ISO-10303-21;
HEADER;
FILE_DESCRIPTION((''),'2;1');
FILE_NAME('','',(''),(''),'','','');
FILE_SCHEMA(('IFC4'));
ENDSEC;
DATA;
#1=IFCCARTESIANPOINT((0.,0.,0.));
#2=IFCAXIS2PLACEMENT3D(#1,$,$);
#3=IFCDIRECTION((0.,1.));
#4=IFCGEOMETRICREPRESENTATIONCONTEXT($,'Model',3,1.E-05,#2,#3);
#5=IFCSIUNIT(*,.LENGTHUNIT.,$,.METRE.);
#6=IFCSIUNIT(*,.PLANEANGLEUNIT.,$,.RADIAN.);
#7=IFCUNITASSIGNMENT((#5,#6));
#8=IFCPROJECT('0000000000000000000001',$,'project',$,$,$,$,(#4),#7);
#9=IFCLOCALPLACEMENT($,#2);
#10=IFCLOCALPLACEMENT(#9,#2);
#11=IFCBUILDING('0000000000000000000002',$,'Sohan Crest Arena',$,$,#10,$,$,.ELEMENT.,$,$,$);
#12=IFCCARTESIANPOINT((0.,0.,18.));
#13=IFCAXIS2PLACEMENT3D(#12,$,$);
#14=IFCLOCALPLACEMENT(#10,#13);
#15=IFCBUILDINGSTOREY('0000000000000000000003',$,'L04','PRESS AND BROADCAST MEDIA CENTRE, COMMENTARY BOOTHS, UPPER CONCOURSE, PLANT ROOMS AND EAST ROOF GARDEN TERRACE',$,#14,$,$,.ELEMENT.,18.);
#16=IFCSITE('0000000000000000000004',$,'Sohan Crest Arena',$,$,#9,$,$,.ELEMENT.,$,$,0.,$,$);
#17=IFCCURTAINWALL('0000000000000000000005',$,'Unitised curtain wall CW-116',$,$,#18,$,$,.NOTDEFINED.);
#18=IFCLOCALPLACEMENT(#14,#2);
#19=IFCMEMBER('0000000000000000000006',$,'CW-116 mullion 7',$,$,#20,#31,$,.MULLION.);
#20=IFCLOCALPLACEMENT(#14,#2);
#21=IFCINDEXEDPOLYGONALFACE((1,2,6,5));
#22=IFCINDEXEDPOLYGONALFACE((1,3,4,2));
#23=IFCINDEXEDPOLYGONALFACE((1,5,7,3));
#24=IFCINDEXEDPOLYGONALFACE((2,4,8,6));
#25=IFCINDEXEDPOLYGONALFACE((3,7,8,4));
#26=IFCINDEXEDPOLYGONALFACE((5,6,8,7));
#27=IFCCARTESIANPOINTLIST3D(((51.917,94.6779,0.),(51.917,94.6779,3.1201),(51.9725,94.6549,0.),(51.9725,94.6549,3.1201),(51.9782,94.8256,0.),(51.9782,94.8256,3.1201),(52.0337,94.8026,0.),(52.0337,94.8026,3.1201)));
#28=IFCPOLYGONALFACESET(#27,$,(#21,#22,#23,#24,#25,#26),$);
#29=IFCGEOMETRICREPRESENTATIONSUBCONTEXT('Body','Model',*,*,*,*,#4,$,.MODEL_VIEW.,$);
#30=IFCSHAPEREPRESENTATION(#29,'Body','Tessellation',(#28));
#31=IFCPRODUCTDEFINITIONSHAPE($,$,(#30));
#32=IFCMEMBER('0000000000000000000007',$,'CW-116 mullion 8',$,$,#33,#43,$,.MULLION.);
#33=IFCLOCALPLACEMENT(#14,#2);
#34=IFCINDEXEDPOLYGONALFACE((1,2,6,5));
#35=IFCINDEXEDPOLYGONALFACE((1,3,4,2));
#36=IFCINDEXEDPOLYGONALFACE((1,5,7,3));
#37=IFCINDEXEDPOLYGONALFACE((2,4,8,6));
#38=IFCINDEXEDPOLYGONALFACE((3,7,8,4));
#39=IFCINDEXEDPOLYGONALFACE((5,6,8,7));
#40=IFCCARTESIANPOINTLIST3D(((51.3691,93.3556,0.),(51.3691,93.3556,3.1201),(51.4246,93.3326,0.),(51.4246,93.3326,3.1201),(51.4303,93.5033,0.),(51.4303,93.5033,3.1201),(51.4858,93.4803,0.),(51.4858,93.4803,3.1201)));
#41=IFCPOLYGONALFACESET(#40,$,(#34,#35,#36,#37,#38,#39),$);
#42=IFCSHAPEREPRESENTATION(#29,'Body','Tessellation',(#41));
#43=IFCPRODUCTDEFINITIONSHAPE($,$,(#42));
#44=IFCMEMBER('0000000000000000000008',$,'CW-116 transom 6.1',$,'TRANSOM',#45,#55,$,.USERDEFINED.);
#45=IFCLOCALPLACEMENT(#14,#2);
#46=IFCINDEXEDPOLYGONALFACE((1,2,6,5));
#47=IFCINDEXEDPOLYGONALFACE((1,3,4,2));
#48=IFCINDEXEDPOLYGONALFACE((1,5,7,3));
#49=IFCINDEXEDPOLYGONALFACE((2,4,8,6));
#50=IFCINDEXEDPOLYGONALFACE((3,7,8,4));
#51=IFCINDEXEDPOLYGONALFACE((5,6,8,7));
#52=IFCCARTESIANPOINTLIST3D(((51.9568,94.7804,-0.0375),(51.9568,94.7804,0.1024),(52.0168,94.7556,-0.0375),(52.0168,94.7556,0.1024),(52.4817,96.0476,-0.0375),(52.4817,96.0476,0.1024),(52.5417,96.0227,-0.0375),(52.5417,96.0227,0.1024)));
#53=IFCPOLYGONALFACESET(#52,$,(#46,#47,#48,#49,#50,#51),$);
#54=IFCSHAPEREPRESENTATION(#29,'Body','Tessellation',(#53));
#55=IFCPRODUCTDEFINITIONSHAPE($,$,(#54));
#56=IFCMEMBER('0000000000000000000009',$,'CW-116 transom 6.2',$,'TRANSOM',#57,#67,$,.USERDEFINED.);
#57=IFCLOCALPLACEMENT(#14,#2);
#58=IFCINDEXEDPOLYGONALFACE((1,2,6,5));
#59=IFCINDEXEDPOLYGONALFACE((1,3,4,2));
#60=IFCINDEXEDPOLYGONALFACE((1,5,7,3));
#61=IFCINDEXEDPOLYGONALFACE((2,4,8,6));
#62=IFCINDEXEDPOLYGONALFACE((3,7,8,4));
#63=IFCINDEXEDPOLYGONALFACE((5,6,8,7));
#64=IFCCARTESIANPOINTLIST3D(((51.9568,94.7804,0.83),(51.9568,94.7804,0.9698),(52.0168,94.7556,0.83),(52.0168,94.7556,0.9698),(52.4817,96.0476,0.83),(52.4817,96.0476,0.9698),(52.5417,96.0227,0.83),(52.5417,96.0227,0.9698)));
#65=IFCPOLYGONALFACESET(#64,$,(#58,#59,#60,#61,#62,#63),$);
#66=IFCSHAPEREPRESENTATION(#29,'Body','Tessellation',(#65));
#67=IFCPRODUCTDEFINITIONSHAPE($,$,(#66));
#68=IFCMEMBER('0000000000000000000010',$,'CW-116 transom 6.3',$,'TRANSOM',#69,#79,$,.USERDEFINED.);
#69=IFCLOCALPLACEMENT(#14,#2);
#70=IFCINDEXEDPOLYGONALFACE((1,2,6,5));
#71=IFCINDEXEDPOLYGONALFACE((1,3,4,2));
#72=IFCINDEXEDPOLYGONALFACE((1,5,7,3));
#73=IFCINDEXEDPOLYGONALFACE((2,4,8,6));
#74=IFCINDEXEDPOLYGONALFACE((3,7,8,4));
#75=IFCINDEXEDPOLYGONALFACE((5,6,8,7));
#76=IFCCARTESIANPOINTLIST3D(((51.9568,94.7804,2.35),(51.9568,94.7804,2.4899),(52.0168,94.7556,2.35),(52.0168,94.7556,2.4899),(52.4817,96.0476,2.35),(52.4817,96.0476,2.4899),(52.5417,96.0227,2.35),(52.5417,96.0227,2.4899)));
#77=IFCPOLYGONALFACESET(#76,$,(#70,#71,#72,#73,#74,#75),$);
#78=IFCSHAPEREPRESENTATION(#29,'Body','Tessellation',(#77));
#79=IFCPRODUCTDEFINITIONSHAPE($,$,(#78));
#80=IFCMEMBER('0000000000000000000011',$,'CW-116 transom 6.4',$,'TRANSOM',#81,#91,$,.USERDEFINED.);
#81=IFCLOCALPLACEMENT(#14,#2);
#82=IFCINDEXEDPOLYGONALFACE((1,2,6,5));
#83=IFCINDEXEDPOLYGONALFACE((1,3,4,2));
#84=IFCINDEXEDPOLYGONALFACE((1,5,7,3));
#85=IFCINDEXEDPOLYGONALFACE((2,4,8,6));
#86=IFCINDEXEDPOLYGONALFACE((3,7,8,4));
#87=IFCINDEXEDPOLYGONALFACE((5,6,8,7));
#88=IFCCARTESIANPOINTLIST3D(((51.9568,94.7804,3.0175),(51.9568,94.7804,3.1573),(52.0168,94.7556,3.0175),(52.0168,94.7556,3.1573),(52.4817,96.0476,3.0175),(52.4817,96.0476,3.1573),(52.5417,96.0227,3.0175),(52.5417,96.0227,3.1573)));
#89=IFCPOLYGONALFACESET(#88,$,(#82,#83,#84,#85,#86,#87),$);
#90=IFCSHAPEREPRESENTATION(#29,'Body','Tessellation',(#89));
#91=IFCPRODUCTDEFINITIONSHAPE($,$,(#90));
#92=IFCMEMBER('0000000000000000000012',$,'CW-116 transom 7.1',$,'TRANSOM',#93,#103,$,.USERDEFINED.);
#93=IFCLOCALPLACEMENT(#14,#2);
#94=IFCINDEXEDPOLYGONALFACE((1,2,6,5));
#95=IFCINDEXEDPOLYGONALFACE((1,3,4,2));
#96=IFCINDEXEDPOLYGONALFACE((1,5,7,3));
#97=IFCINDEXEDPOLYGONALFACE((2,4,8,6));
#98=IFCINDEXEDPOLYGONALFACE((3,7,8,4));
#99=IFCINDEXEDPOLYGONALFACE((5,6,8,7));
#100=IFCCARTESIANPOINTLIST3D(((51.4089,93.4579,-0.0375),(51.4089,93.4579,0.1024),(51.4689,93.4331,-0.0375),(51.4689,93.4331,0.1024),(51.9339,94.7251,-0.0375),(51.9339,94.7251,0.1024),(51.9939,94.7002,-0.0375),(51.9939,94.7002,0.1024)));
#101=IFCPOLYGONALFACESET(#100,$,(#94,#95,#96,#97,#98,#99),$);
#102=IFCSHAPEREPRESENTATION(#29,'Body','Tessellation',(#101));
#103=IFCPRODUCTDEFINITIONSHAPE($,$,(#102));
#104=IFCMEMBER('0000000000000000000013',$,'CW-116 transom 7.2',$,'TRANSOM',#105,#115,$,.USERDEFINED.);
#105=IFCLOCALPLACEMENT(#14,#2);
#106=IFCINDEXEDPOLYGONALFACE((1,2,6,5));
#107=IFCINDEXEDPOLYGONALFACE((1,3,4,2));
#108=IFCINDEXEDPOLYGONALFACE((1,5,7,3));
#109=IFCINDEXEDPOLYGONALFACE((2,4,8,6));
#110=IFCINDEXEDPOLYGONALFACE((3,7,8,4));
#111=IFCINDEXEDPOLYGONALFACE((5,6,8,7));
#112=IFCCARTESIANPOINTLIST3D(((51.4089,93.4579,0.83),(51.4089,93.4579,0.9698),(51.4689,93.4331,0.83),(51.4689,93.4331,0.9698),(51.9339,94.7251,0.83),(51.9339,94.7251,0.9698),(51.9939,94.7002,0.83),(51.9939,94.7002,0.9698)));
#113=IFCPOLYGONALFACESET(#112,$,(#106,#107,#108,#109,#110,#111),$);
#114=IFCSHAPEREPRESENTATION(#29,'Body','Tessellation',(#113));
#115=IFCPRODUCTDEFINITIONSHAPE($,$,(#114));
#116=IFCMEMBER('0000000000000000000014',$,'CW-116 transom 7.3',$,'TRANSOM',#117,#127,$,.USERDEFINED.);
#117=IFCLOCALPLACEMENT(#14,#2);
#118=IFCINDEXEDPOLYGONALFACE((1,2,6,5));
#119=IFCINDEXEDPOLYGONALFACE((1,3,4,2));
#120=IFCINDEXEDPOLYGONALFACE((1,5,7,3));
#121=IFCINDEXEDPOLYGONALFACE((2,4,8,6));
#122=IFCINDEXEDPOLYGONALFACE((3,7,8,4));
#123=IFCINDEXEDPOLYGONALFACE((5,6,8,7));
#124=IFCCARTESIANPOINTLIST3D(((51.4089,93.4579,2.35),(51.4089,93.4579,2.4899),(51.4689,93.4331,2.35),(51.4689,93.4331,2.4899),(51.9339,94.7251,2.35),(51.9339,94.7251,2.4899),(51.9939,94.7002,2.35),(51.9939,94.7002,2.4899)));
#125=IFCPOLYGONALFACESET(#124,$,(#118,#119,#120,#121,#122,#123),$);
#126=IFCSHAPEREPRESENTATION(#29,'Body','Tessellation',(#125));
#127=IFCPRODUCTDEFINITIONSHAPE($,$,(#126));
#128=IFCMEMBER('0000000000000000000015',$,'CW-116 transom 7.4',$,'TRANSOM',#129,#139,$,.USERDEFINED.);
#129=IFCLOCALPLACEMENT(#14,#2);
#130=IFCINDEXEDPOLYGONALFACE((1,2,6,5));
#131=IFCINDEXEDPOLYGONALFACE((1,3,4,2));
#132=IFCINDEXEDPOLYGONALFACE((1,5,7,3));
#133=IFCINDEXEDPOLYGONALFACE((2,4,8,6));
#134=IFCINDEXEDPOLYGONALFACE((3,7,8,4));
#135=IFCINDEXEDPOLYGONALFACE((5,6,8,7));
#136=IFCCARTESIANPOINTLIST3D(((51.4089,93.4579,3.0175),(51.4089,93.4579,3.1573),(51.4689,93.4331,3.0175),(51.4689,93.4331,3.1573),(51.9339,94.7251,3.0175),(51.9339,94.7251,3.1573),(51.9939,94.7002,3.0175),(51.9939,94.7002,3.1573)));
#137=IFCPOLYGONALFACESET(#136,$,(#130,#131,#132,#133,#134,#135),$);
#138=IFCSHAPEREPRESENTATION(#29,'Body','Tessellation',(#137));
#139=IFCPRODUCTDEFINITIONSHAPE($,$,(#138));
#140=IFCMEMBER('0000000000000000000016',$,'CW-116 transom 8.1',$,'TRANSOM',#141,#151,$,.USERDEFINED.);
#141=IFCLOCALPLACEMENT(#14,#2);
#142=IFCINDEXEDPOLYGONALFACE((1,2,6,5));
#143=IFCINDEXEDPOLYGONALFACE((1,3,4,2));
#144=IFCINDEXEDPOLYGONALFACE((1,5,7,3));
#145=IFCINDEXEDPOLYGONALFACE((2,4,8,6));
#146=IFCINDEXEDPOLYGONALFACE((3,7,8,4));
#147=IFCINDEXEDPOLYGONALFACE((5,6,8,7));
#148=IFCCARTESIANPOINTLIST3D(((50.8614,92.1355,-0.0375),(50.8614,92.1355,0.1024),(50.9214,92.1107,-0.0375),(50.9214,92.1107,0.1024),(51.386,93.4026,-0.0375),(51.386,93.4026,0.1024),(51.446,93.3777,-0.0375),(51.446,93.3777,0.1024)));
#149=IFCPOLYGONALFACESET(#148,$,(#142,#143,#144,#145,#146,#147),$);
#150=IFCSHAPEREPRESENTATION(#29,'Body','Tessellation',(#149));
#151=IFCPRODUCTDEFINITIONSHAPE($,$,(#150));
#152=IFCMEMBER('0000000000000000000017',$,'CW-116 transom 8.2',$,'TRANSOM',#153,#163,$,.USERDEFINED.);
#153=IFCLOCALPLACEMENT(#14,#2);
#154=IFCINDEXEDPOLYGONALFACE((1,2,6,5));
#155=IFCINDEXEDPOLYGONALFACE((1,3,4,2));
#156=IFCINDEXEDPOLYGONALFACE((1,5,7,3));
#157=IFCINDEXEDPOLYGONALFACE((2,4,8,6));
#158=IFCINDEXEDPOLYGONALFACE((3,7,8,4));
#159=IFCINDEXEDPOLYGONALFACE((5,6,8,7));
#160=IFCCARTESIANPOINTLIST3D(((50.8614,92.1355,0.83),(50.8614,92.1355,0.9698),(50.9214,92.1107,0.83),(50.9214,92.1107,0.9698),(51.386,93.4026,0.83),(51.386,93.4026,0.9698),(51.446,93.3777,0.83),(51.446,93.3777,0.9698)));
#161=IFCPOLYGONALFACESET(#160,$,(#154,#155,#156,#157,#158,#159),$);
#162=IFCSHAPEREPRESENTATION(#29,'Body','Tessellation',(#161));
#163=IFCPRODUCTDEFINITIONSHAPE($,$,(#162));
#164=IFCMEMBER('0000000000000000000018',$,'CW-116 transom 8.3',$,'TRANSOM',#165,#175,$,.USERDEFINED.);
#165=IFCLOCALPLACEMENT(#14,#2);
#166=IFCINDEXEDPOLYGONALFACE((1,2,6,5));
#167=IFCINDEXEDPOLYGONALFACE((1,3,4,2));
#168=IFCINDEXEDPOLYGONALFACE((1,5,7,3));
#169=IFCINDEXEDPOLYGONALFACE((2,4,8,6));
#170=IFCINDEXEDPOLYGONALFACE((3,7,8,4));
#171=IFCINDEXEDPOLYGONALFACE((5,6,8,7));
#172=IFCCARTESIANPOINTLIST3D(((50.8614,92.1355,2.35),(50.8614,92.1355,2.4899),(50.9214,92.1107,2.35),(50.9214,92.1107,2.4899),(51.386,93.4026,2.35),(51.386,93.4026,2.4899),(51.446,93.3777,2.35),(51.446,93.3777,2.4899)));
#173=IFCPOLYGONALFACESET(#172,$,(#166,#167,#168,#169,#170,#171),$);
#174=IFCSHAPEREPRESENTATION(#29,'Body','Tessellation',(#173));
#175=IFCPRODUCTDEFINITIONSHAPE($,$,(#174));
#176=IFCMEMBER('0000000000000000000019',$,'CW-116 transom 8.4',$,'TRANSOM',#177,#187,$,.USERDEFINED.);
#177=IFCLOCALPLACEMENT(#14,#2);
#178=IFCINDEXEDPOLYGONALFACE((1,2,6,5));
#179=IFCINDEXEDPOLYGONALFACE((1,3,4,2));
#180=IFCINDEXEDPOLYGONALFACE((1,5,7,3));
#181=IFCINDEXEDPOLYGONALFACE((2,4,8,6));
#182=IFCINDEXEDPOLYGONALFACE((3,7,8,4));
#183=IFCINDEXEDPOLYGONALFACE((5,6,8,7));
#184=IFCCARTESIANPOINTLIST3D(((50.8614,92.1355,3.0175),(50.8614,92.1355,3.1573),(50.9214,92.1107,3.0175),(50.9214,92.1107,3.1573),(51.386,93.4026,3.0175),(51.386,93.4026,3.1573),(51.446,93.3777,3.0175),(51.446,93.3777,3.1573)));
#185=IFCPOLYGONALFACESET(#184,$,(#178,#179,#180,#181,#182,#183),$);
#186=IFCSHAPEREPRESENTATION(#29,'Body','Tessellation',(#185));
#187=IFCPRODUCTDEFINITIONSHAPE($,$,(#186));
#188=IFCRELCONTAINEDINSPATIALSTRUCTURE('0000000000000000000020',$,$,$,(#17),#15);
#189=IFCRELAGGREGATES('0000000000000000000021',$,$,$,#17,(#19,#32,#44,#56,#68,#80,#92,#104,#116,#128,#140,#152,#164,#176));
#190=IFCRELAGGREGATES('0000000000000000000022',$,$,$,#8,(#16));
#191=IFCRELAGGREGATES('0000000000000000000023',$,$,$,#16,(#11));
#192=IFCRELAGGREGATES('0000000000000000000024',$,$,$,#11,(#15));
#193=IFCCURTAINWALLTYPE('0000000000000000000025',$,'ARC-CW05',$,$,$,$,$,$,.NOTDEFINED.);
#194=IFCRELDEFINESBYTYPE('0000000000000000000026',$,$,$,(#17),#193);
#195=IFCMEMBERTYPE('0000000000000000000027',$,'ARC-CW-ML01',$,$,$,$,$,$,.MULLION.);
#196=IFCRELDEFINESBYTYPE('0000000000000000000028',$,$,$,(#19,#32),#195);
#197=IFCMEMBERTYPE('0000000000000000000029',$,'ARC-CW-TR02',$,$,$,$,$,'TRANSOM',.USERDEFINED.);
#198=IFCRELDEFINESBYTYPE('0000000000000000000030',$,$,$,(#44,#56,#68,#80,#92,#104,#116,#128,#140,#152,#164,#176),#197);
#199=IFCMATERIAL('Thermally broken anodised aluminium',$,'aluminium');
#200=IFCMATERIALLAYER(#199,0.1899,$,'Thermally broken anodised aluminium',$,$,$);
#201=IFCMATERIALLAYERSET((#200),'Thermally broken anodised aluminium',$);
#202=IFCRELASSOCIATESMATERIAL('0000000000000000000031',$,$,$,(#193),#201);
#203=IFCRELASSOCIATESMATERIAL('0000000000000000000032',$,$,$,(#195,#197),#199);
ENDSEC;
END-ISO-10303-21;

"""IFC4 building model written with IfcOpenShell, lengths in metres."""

from ifc_helpers import new_model, si_unit, direction, frame, origin, origin_2d, place, context, subcontext, project, spatial, rectangle, extrude, material, layer, layer_set, material_profile, profile_set, type_object, element, aggregate, save


model = new_model("IFC4")

# Units and contexts
model_context = context("Model", 3, precision=1e-05, world=origin(), true_north=direction((0.0, 1.0)))
body_context = subcontext(model_context, "Body", "Model", "MODEL_VIEW")
ifc_project = project(units=[si_unit("LENGTHUNIT", "METRE"), si_unit("PLANEANGLEUNIT", "RADIAN")], contexts=[model_context])

# Site, building, storey
site_placement = place(None, origin())
site = spatial("IfcSite", under=ifc_project, at=site_placement, Name="Sohan Crest Arena", CompositionType="ELEMENT", RefElevation=0.0)
building_placement = place(site_placement, origin())
building = spatial("IfcBuilding", under=site, at=building_placement, Name="Sohan Crest Arena", CompositionType="ELEMENT")
storey_placement = place(building_placement, frame((0.0, 0.0, 18.0)))
storey = spatial("IfcBuildingStorey", under=building, at=storey_placement, Name="L04", Description="PRESS AND BROADCAST MEDIA CENTRE, COMMENTARY BOOTHS, UPPER CONCOURSE, PLANT ROOMS AND EAST ROOF GARDEN TERRACE", CompositionType="ELEMENT", Elevation=18.0)

# Curtain wall, members
ifc_material_1 = material(Name="Thermally broken anodised aluminium", Category="aluminium")
ifc_layer_1 = layer(ifc_material_1, 0.1899, Name="Thermally broken anodised aluminium")
ifc_layer_set_1 = layer_set([ifc_layer_1], Name="Thermally broken anodised aluminium")
curtain_wall_type = type_object("IfcCurtainWallType", Name="ARC-CW05", PredefinedType="NOTDEFINED", material=ifc_layer_set_1)
curtain_wall_placement = place(storey_placement, origin())
curtain_wall = element("IfcCurtainWall", 1, at=curtain_wall_placement, inside=storey, type_object=curtain_wall_type, Name="Unitised curtain wall CW-116", PredefinedType="NOTDEFINED")
ifc_material_profile_1 = material_profile(ifc_material_1, rectangle(XDim=0.0601, YDim=0.1599, at=origin_2d()), Name="ALU-MULL 60x160")
ifc_profile_set_1 = profile_set([ifc_material_profile_1], Name="Thermally broken anodised aluminium")
member_type_1 = type_object("IfcMemberType", Name="ARC-CW-ML01", PredefinedType="MULLION", material=ifc_profile_set_1)
member_1_placement = place(storey_placement, frame((51.9753, 94.7402, 0.0), z_axis=(0.0, 0.0, 1.0), x_axis=(0.923879, -0.382685, 0.0)))
member_1 = element("IfcMember", 2, at=member_1_placement, type_object=member_type_1, Name="CW-116 mullion 7", PredefinedType="MULLION", context=body_context, shape_type="SweptSolid", body=[
    extrude(rectangle(XDim=0.0601, YDim=0.1599, at=origin_2d()), origin(), (0.0, 0.0, 1.0), 3.1201),
])
member_2_placement = place(storey_placement, frame((51.4275, 93.418, 0.0), z_axis=(0.0, 0.0, 1.0), x_axis=(0.923879, -0.382685, 0.0)))
member_2 = element("IfcMember", 3, at=member_2_placement, type_object=member_type_1, Name="CW-116 mullion 8", PredefinedType="MULLION", context=body_context, shape_type="SweptSolid", body=[
    extrude(rectangle(XDim=0.0601, YDim=0.1599, at=origin_2d()), origin(), (0.0, 0.0, 1.0), 3.1201),
])
ifc_material_profile_2 = material_profile(ifc_material_1, rectangle(XDim=0.0649, YDim=0.1399, at=origin_2d()), Name="ALU-TRAN 65x140")
ifc_profile_set_2 = profile_set([ifc_material_profile_2], Name="Thermally broken anodised aluminium")
member_type_2 = type_object("IfcMemberType", Name="ARC-CW-TR02", ElementType="TRANSOM", PredefinedType="USERDEFINED", material=ifc_profile_set_2)
member_3_placement = place(storey_placement, frame((52.5117, 96.0352, 0.0325), z_axis=(-0.382719, -0.923865, 0.0), x_axis=(0.923865, -0.382719, 0.0)))
member_3 = element("IfcMember", 4, at=member_3_placement, type_object=member_type_2, Name="CW-116 transom 6.1", ObjectType="TRANSOM", PredefinedType="USERDEFINED", context=body_context, shape_type="SweptSolid", body=[
    extrude(rectangle(XDim=0.0649, YDim=0.1399, at=origin_2d()), origin(), (0.0, 0.0, 1.0), 1.3716),
])
member_4_placement = place(storey_placement, frame((52.5117, 96.0352, 0.8999), z_axis=(-0.382719, -0.923865, 0.0), x_axis=(0.923865, -0.382719, 0.0)))
member_4 = element("IfcMember", 5, at=member_4_placement, type_object=member_type_2, Name="CW-116 transom 6.2", ObjectType="TRANSOM", PredefinedType="USERDEFINED", context=body_context, shape_type="SweptSolid", body=[
    extrude(rectangle(XDim=0.0649, YDim=0.1399, at=origin_2d()), origin(), (0.0, 0.0, 1.0), 1.3716),
])
member_5_placement = place(storey_placement, frame((52.5117, 96.0352, 2.4199), z_axis=(-0.382719, -0.923865, 0.0), x_axis=(0.923865, -0.382719, 0.0)))
member_5 = element("IfcMember", 6, at=member_5_placement, type_object=member_type_2, Name="CW-116 transom 6.3", ObjectType="TRANSOM", PredefinedType="USERDEFINED", context=body_context, shape_type="SweptSolid", body=[
    extrude(rectangle(XDim=0.0649, YDim=0.1399, at=origin_2d()), origin(), (0.0, 0.0, 1.0), 1.3716),
])
member_6_placement = place(storey_placement, frame((52.5117, 96.0352, 3.0874), z_axis=(-0.382719, -0.923865, 0.0), x_axis=(0.923865, -0.382719, 0.0)))
member_6 = element("IfcMember", 7, at=member_6_placement, type_object=member_type_2, Name="CW-116 transom 6.4", ObjectType="TRANSOM", PredefinedType="USERDEFINED", context=body_context, shape_type="SweptSolid", body=[
    extrude(rectangle(XDim=0.0649, YDim=0.1399, at=origin_2d()), origin(), (0.0, 0.0, 1.0), 1.3716),
])
member_7_placement = place(storey_placement, frame((51.9639, 94.7126, 0.0325), z_axis=(-0.382719, -0.923865, 0.0), x_axis=(0.923865, -0.382719, 0.0)))
member_7 = element("IfcMember", 8, at=member_7_placement, type_object=member_type_2, Name="CW-116 transom 7.1", ObjectType="TRANSOM", PredefinedType="USERDEFINED", context=body_context, shape_type="SweptSolid", body=[
    extrude(rectangle(XDim=0.0649, YDim=0.1399, at=origin_2d()), origin(), (0.0, 0.0, 1.0), 1.3716),
])
member_8_placement = place(storey_placement, frame((51.9639, 94.7126, 0.8999), z_axis=(-0.382719, -0.923865, 0.0), x_axis=(0.923865, -0.382719, 0.0)))
member_8 = element("IfcMember", 9, at=member_8_placement, type_object=member_type_2, Name="CW-116 transom 7.2", ObjectType="TRANSOM", PredefinedType="USERDEFINED", context=body_context, shape_type="SweptSolid", body=[
    extrude(rectangle(XDim=0.0649, YDim=0.1399, at=origin_2d()), origin(), (0.0, 0.0, 1.0), 1.3716),
])
member_9_placement = place(storey_placement, frame((51.9639, 94.7126, 2.4199), z_axis=(-0.382719, -0.923865, 0.0), x_axis=(0.923865, -0.382719, 0.0)))
member_9 = element("IfcMember", 10, at=member_9_placement, type_object=member_type_2, Name="CW-116 transom 7.3", ObjectType="TRANSOM", PredefinedType="USERDEFINED", context=body_context, shape_type="SweptSolid", body=[
    extrude(rectangle(XDim=0.0649, YDim=0.1399, at=origin_2d()), origin(), (0.0, 0.0, 1.0), 1.3716),
])
member_10_placement = place(storey_placement, frame((51.9639, 94.7126, 3.0874), z_axis=(-0.382719, -0.923865, 0.0), x_axis=(0.923865, -0.382719, 0.0)))
member_10 = element("IfcMember", 11, at=member_10_placement, type_object=member_type_2, Name="CW-116 transom 7.4", ObjectType="TRANSOM", PredefinedType="USERDEFINED", context=body_context, shape_type="SweptSolid", body=[
    extrude(rectangle(XDim=0.0649, YDim=0.1399, at=origin_2d()), origin(), (0.0, 0.0, 1.0), 1.3716),
])
member_11_placement = place(storey_placement, frame((51.416, 93.3901, 0.0325), z_axis=(-0.382567, -0.923928, 0.0), x_axis=(0.923928, -0.382567, 0.0)))
member_11 = element("IfcMember", 12, at=member_11_placement, type_object=member_type_2, Name="CW-116 transom 8.1", ObjectType="TRANSOM", PredefinedType="USERDEFINED", context=body_context, shape_type="SweptSolid", body=[
    extrude(rectangle(XDim=0.0649, YDim=0.1399, at=origin_2d()), origin(), (0.0, 0.0, 1.0), 1.3713),
])
member_12_placement = place(storey_placement, frame((51.416, 93.3901, 0.8999), z_axis=(-0.382567, -0.923928, 0.0), x_axis=(0.923928, -0.382567, 0.0)))
member_12 = element("IfcMember", 13, at=member_12_placement, type_object=member_type_2, Name="CW-116 transom 8.2", ObjectType="TRANSOM", PredefinedType="USERDEFINED", context=body_context, shape_type="SweptSolid", body=[
    extrude(rectangle(XDim=0.0649, YDim=0.1399, at=origin_2d()), origin(), (0.0, 0.0, 1.0), 1.3713),
])
member_13_placement = place(storey_placement, frame((51.416, 93.3901, 2.4199), z_axis=(-0.382567, -0.923928, 0.0), x_axis=(0.923928, -0.382567, 0.0)))
member_13 = element("IfcMember", 14, at=member_13_placement, type_object=member_type_2, Name="CW-116 transom 8.3", ObjectType="TRANSOM", PredefinedType="USERDEFINED", context=body_context, shape_type="SweptSolid", body=[
    extrude(rectangle(XDim=0.0649, YDim=0.1399, at=origin_2d()), origin(), (0.0, 0.0, 1.0), 1.3713),
])
member_14_placement = place(storey_placement, frame((51.416, 93.3901, 3.0874), z_axis=(-0.382567, -0.923928, 0.0), x_axis=(0.923928, -0.382567, 0.0)))
member_14 = element("IfcMember", 15, at=member_14_placement, type_object=member_type_2, Name="CW-116 transom 8.4", ObjectType="TRANSOM", PredefinedType="USERDEFINED", context=body_context, shape_type="SweptSolid", body=[
    extrude(rectangle(XDim=0.0649, YDim=0.1399, at=origin_2d()), origin(), (0.0, 0.0, 1.0), 1.3713),
])
aggregate(curtain_wall, [member_1, member_2, member_3, member_4, member_5, member_6, member_7, member_8, member_9, member_10, member_11, member_12, member_13, member_14])

save(model, "model.ifc")
